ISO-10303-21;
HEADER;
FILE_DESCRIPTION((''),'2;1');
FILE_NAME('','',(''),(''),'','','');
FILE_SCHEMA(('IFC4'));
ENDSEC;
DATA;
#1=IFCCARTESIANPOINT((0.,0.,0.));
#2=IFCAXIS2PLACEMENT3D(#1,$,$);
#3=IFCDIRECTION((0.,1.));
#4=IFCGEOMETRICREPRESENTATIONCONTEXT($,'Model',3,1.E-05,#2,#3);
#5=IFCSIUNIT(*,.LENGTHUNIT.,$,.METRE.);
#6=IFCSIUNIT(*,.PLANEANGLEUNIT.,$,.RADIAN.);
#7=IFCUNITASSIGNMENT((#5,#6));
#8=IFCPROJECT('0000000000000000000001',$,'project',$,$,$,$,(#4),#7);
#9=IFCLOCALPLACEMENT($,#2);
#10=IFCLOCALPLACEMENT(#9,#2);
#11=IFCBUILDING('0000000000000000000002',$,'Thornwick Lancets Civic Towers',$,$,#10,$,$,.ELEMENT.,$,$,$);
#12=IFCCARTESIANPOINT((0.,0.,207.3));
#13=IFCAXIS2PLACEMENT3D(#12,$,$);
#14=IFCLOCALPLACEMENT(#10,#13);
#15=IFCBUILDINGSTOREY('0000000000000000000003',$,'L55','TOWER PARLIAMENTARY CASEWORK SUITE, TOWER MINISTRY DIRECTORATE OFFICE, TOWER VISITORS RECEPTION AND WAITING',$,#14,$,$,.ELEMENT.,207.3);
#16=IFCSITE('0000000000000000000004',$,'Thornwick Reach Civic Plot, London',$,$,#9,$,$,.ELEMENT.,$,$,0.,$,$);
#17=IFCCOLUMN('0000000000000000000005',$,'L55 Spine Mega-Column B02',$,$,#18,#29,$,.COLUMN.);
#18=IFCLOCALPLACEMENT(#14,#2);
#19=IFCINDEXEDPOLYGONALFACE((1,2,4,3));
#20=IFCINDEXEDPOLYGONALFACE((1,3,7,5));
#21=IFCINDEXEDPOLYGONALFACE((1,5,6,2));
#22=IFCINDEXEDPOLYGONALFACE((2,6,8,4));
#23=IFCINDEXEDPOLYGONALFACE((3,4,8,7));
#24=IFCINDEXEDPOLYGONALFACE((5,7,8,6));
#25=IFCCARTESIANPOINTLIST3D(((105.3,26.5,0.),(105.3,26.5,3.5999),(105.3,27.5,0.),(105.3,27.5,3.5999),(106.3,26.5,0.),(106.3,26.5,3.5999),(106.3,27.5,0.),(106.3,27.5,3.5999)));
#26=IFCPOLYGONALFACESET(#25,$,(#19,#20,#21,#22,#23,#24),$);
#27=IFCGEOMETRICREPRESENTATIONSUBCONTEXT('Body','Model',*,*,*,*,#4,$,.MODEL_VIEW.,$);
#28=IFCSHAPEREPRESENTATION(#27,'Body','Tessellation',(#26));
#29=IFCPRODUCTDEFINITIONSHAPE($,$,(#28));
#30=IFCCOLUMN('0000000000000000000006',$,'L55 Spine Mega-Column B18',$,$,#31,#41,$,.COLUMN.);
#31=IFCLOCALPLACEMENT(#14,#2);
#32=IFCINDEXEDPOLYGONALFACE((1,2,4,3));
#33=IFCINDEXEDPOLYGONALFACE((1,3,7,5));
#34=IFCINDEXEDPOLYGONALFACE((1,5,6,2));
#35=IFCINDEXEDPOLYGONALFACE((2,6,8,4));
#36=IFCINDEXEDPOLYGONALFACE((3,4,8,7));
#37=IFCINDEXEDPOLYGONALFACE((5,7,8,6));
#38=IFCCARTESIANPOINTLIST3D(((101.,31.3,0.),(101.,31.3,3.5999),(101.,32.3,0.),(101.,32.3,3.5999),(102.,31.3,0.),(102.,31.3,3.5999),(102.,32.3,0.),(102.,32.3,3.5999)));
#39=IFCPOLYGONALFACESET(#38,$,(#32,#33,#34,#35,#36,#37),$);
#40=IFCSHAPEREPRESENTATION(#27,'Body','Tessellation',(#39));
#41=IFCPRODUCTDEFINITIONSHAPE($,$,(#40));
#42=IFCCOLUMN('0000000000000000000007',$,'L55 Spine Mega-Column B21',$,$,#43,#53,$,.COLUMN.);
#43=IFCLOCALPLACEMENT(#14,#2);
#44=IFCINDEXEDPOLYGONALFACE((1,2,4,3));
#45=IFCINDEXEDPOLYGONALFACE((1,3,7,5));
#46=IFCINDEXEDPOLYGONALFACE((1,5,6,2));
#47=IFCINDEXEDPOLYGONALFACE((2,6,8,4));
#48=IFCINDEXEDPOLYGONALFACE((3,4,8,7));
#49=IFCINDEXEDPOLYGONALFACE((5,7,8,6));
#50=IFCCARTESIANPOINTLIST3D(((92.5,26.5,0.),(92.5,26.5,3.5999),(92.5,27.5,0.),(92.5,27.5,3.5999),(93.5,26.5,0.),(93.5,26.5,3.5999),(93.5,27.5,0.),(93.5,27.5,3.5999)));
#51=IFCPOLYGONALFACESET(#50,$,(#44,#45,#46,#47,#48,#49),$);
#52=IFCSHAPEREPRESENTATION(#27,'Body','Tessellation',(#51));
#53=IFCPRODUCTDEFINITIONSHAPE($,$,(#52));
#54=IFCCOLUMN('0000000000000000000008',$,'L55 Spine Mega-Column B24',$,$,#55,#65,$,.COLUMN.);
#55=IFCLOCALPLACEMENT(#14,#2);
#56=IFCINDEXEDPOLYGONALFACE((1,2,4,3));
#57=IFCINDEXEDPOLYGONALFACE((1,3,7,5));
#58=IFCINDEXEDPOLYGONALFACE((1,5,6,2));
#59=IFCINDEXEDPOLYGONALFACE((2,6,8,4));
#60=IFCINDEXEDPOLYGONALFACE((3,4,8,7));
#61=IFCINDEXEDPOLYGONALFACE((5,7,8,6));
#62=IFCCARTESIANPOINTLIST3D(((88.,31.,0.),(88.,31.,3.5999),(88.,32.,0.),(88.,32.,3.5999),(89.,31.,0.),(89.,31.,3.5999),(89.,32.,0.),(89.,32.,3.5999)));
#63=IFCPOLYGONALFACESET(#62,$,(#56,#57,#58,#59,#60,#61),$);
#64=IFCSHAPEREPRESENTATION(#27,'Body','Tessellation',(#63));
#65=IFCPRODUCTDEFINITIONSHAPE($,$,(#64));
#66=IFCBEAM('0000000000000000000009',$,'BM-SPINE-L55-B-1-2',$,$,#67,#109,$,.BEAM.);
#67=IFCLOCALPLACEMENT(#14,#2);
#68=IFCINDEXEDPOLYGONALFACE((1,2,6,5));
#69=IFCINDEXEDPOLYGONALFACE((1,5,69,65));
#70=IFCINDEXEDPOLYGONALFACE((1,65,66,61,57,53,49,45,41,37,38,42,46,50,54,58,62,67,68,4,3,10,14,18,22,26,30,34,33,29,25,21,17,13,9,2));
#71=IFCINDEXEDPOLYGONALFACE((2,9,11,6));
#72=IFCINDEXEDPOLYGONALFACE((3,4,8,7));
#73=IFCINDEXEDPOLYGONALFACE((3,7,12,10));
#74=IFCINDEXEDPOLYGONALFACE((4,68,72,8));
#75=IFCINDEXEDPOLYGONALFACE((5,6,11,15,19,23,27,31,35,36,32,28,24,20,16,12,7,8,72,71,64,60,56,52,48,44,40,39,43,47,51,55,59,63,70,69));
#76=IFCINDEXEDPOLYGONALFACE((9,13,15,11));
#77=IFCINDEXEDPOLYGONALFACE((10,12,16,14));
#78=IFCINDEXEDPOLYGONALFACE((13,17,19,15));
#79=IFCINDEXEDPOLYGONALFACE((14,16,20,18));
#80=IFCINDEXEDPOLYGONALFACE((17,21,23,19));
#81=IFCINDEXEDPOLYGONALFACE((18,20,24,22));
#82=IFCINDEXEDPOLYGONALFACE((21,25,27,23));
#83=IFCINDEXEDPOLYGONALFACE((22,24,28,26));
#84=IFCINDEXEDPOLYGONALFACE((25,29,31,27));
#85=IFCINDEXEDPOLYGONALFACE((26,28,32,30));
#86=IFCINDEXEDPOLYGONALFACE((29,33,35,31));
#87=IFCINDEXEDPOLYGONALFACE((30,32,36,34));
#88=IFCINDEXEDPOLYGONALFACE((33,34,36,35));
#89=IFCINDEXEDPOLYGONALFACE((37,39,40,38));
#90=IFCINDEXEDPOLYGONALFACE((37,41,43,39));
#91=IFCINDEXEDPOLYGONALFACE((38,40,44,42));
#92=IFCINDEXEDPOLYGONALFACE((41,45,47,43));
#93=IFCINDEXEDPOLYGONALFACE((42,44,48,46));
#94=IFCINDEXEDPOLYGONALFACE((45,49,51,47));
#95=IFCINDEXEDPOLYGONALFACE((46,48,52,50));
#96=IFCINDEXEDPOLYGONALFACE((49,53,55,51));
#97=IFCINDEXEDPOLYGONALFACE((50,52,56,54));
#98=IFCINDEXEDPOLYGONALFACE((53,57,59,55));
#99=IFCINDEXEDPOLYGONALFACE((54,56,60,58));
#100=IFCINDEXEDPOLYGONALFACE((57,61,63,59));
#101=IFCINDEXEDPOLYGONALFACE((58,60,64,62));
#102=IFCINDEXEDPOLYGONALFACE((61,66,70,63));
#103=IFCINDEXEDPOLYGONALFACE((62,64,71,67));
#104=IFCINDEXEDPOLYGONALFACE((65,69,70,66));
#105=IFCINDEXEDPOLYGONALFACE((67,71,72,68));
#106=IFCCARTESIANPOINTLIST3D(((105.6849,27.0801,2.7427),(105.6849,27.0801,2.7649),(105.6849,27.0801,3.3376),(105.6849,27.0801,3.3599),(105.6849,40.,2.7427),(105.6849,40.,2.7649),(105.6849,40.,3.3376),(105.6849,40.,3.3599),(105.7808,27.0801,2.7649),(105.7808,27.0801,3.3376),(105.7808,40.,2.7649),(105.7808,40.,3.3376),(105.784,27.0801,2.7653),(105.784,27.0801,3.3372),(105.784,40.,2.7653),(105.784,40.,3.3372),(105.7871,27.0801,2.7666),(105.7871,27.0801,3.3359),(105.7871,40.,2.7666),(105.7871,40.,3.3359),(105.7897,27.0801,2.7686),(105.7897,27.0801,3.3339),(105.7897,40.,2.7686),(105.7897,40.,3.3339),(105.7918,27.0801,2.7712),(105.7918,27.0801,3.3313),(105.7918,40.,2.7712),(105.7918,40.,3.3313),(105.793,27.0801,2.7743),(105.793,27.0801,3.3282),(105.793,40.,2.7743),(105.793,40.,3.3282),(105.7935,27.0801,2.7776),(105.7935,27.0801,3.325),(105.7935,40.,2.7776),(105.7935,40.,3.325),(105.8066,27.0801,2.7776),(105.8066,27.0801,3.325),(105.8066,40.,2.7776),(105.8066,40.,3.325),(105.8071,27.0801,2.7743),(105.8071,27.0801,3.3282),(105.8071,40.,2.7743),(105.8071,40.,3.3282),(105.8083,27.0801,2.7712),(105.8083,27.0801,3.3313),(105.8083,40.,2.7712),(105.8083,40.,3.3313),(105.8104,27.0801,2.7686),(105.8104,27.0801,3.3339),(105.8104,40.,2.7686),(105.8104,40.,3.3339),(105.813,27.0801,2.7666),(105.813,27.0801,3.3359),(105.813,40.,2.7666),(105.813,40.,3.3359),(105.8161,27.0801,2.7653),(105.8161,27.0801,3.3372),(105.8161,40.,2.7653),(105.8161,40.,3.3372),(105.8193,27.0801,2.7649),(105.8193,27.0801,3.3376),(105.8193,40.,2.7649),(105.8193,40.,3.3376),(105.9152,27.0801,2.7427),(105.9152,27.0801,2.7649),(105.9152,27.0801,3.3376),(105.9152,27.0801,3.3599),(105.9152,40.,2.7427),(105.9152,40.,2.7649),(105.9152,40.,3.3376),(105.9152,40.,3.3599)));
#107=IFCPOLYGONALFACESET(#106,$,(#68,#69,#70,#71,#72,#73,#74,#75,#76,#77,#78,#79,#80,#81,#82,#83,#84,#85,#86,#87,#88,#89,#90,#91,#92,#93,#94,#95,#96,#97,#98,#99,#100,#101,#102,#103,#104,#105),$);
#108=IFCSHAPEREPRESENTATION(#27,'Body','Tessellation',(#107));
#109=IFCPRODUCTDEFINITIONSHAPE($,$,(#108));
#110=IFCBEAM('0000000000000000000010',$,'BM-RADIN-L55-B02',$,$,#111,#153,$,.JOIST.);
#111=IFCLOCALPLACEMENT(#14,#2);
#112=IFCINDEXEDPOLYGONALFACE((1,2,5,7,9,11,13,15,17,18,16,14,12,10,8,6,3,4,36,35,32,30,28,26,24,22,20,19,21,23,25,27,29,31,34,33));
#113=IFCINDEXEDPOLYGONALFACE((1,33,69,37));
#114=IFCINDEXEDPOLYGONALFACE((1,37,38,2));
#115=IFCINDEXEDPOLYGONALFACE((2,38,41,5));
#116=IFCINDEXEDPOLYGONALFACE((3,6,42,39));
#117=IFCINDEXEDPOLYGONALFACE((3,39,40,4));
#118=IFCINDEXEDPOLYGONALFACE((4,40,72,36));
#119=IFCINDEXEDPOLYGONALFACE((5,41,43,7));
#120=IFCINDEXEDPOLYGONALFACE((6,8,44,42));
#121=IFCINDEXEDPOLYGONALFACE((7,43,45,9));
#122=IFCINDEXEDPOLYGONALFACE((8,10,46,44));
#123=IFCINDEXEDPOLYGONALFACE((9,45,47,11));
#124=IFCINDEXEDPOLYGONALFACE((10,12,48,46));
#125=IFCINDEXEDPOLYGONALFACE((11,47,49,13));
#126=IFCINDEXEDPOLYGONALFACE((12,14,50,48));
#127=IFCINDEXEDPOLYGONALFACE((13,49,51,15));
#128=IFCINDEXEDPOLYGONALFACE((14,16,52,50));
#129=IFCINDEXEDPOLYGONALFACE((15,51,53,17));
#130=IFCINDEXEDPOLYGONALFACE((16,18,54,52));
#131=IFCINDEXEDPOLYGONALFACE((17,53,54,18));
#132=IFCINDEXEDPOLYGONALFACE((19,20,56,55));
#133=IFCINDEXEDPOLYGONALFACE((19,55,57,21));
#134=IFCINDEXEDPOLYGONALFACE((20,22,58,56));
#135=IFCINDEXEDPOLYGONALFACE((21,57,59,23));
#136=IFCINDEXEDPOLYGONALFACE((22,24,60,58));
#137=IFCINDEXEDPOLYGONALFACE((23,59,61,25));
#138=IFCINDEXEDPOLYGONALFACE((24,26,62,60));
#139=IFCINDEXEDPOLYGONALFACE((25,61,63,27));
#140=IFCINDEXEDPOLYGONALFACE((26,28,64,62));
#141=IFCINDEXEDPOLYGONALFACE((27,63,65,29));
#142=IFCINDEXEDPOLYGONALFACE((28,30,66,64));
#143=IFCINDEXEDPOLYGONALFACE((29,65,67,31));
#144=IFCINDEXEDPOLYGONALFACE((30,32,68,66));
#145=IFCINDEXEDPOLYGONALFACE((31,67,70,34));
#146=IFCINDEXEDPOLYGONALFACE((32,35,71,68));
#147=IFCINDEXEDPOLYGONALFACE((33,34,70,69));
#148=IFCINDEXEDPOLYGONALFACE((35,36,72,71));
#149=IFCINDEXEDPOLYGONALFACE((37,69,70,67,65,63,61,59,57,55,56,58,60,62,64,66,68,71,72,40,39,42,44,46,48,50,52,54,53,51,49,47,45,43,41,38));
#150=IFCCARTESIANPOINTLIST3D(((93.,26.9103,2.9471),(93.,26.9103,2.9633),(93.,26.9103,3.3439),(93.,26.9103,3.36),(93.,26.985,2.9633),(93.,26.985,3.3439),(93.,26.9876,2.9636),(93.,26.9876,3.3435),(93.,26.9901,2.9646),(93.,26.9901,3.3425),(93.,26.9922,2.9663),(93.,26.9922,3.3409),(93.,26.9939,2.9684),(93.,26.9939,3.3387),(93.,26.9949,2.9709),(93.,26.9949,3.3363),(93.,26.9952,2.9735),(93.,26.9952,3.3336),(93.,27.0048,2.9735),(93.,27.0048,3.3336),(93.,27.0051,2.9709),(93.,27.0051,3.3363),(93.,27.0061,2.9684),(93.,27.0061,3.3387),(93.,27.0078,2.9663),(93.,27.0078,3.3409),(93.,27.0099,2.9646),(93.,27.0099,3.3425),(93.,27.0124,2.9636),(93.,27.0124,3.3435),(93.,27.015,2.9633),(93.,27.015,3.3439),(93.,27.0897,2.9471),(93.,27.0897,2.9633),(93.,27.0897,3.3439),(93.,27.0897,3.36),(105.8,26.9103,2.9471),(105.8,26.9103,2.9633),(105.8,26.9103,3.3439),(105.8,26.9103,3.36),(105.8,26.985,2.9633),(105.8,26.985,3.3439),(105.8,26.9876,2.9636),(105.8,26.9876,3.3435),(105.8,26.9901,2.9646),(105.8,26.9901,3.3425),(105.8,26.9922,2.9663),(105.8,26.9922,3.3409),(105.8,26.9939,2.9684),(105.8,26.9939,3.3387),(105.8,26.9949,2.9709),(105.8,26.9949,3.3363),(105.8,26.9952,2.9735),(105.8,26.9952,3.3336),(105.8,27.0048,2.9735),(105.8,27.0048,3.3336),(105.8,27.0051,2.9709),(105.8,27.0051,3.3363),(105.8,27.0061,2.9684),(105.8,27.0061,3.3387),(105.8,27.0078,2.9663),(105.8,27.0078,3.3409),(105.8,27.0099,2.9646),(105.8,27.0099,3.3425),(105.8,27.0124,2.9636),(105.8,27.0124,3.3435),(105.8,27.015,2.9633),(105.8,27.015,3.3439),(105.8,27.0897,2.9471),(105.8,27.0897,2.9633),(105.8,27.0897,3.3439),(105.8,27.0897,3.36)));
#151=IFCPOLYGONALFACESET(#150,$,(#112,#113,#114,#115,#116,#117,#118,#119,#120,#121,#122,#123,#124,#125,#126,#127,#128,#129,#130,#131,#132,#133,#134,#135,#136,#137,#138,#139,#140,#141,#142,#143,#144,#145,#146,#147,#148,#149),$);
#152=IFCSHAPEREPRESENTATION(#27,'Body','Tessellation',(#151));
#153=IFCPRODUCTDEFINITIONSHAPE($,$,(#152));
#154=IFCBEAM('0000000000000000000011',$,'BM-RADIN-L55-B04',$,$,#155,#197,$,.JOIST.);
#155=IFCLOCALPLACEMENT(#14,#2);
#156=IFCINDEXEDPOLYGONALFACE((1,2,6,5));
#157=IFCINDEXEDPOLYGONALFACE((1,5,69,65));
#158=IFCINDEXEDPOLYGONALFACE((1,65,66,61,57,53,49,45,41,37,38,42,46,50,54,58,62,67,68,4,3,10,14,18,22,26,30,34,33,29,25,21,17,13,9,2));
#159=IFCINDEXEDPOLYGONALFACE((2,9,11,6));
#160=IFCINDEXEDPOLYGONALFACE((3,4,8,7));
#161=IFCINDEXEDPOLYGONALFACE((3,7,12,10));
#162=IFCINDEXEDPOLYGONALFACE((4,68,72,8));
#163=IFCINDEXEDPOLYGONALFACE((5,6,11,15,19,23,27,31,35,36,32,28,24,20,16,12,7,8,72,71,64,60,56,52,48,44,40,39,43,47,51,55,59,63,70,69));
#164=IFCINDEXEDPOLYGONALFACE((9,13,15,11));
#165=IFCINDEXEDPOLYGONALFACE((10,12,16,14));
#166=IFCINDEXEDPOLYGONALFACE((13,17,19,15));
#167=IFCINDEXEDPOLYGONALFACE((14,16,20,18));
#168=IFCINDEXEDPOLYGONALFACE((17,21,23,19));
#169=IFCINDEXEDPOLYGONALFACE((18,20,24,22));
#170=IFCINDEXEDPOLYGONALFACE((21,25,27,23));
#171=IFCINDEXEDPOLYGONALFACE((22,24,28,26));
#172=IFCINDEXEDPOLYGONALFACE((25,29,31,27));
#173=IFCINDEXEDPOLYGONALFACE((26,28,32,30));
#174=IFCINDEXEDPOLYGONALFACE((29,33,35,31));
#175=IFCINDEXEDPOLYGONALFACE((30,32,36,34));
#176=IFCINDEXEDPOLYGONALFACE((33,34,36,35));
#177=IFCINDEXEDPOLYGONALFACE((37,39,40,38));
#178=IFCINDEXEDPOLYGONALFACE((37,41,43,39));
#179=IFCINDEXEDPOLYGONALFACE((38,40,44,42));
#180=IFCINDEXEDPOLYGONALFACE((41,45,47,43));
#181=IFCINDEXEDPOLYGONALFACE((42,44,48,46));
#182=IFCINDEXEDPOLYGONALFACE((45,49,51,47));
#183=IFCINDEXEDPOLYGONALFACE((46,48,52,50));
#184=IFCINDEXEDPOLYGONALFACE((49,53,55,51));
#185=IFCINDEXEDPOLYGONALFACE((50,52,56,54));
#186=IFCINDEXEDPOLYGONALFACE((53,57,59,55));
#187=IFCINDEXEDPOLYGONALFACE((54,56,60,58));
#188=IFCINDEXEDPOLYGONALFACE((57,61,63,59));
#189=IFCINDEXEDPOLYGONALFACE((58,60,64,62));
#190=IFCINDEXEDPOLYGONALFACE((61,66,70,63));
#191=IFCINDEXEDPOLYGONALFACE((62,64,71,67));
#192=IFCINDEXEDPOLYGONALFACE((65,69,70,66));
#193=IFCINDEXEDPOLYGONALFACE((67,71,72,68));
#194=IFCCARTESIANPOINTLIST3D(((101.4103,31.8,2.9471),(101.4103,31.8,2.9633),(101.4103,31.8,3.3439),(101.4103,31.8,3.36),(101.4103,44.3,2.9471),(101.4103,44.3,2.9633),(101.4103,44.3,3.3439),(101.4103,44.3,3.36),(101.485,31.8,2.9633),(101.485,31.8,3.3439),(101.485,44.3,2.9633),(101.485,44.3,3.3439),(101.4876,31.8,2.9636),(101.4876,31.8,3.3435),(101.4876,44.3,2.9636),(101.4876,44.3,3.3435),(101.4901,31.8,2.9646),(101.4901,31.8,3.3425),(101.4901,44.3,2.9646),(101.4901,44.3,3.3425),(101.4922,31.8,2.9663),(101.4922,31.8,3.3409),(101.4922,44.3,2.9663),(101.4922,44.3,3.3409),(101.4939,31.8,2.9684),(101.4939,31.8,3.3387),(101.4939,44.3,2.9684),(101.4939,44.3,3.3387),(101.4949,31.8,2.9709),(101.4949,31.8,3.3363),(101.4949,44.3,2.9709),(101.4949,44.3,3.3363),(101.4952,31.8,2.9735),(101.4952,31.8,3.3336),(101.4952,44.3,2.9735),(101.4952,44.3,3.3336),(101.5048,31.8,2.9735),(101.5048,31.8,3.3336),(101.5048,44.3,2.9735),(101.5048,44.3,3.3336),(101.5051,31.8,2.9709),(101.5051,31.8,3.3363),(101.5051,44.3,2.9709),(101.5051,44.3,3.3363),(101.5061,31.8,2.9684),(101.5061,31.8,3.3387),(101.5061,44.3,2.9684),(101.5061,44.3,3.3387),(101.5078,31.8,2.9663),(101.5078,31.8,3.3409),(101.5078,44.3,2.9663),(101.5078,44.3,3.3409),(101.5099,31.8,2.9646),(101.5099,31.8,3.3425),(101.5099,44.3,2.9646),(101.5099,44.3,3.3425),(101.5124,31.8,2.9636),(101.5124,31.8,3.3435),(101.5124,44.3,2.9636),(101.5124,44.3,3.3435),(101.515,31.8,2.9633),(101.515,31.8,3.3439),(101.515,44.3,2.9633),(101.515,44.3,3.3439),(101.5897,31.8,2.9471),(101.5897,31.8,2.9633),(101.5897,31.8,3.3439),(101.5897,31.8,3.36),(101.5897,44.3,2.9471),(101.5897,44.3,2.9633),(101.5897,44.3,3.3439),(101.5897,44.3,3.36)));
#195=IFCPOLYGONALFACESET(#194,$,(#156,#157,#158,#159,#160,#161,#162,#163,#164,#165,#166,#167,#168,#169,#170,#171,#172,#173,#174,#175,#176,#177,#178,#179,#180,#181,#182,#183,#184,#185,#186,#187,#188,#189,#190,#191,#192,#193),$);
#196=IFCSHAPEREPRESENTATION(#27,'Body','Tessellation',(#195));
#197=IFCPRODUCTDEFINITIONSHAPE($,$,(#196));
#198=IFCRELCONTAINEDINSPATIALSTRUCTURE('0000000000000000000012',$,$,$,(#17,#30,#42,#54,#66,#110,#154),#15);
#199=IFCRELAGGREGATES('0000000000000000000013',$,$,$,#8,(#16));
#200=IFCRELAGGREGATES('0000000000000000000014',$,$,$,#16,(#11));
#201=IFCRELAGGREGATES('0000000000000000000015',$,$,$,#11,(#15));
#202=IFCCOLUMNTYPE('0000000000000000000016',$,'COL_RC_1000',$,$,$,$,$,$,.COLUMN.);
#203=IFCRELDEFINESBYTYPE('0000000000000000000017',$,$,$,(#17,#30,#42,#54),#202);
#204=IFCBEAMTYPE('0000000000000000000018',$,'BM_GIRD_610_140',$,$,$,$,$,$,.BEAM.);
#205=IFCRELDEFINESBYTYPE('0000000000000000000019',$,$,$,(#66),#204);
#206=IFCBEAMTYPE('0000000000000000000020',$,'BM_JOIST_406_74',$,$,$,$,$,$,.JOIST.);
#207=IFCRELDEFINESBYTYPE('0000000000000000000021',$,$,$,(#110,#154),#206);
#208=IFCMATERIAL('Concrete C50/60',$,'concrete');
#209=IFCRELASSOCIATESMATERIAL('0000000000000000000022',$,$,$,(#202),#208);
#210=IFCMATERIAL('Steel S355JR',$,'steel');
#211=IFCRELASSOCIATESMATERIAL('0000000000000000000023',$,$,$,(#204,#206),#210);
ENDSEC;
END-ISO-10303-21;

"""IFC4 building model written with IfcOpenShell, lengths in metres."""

from ifc_helpers import new_model, si_unit, direction, frame, origin, origin_2d, place, context, subcontext, project, spatial, rectangle, i_section, extrude, material, material_profile, profile_set, type_object, element, save


model = new_model("IFC4")

# Units and contexts
model_context = context("Model", 3, precision=1e-05, world=origin(), true_north=direction((0.0, 1.0)))
body_context = subcontext(model_context, "Body", "Model", "MODEL_VIEW")
ifc_project = project(units=[si_unit("LENGTHUNIT", "METRE"), si_unit("PLANEANGLEUNIT", "RADIAN")], contexts=[model_context])

# Site, building, storey
site_placement = place(None, origin())
site = spatial("IfcSite", under=ifc_project, at=site_placement, Name="Thornwick Reach Civic Plot, London", CompositionType="ELEMENT", RefElevation=0.0)
building_placement = place(site_placement, origin())
building = spatial("IfcBuilding", under=site, at=building_placement, Name="Thornwick Lancets Civic Towers", CompositionType="ELEMENT")
storey_placement = place(building_placement, frame((0.0, 0.0, 207.3)))
storey = spatial("IfcBuildingStorey", under=building, at=storey_placement, Name="L55", Description="TOWER PARLIAMENTARY CASEWORK SUITE, TOWER MINISTRY DIRECTORATE OFFICE, TOWER VISITORS RECEPTION AND WAITING", CompositionType="ELEMENT", Elevation=207.3)

# Columns
ifc_material_1 = material(Name="Concrete C50/60", Category="concrete")
ifc_material_profile_1 = material_profile(ifc_material_1, rectangle(XDim=1.0, YDim=1.0, at=origin_2d()), Name="RC 1000x1000")
ifc_profile_set_1 = profile_set([ifc_material_profile_1], Name="Concrete C50/60")
column_type = type_object("IfcColumnType", Name="COL_RC_1000", PredefinedType="COLUMN", material=ifc_profile_set_1)
for number, where, z_axis, x_axis, name in (
    (1, (105.8, 27.0, 0.0), (0.0, 0.0, 1.0), (1.0, 0.0, 0.0), "L55 Spine Mega-Column B02"),
    (2, (101.5, 31.8, 0.0), (0.0, 0.0, 1.0), (1.0, 0.0, 0.0), "L55 Spine Mega-Column B18"),
    (3, (93.0, 27.0, 0.0), (0.0, 0.0, 1.0), (1.0, 0.0, 0.0), "L55 Spine Mega-Column B21"),
    (4, (88.5, 31.5, 0.0), (0.0, 0.0, 1.0), (1.0, 0.0, 0.0), "L55 Spine Mega-Column B24"),
):
    element("IfcColumn", number, at=place(storey_placement, frame(where, z_axis=z_axis, x_axis=x_axis)), inside=storey, type_object=column_type, Name=name, PredefinedType="COLUMN", context=body_context, shape_type="SweptSolid", body=[
        extrude(rectangle(XDim=1.0, YDim=1.0, at=origin_2d()), origin(), (0.0, 0.0, 1.0), 3.5999),
    ])

# Beams
ifc_material_2 = material(Name="Steel S355JR", Category="steel")
ifc_material_profile_2 = material_profile(ifc_material_2, i_section(OverallWidth=0.2302, OverallDepth=0.6172, WebThickness=0.0132, FlangeThickness=0.0222, FilletRadius=0.0127, at=origin_2d()), Name="UKB 610x229x140")
ifc_profile_set_2 = profile_set([ifc_material_profile_2], Name="Steel S355JR")
beam_type_1 = type_object("IfcBeamType", Name="BM_GIRD_610_140", PredefinedType="BEAM", material=ifc_profile_set_2)
beam_1_placement = place(storey_placement, frame((105.8, 27.0801, 3.0513), z_axis=(0.0, 1.0, 0.0), x_axis=(-1.0, 0.0, 0.0)))
element("IfcBeam", 5, at=beam_1_placement, inside=storey, type_object=beam_type_1, Name="BM-SPINE-L55-B-1-2", PredefinedType="BEAM", context=body_context, shape_type="SweptSolid", body=[
    extrude(i_section(OverallWidth=0.2302, OverallDepth=0.6172, WebThickness=0.0132, FlangeThickness=0.0222, FilletRadius=0.0127, at=origin_2d()), origin(), (0.0, 0.0, 1.0), 12.9199),
])
ifc_material_profile_3 = material_profile(ifc_material_2, i_section(OverallWidth=0.1794, OverallDepth=0.4128, WebThickness=0.0095, FlangeThickness=0.0161, FilletRadius=0.0103, at=origin_2d()), Name="UKB 406x178x74")
ifc_profile_set_3 = profile_set([ifc_material_profile_3], Name="Steel S355JR")
beam_type_2 = type_object("IfcBeamType", Name="BM_JOIST_406_74", PredefinedType="JOIST", material=ifc_profile_set_3)
beam_2_placement = place(storey_placement, frame((93.0, 27.0, 3.1536), z_axis=(1.0, 0.0, 0.0), x_axis=(0.0, 1.0, 0.0)))
element("IfcBeam", 6, at=beam_2_placement, inside=storey, type_object=beam_type_2, Name="BM-RADIN-L55-B02", PredefinedType="JOIST", context=body_context, shape_type="SweptSolid", body=[
    extrude(i_section(OverallWidth=0.1794, OverallDepth=0.4128, WebThickness=0.0095, FlangeThickness=0.0161, FilletRadius=0.0103, at=origin_2d()), origin(), (0.0, 0.0, 1.0), 12.8),
])
beam_3_placement = place(storey_placement, frame((101.5, 31.8, 3.1536), z_axis=(0.0, 1.0, 0.0), x_axis=(-1.0, 0.0, 0.0)))
element("IfcBeam", 7, at=beam_3_placement, inside=storey, type_object=beam_type_2, Name="BM-RADIN-L55-B04", PredefinedType="JOIST", context=body_context, shape_type="SweptSolid", body=[
    extrude(i_section(OverallWidth=0.1794, OverallDepth=0.4128, WebThickness=0.0095, FlangeThickness=0.0161, FilletRadius=0.0103, at=origin_2d()), origin(), (0.0, 0.0, 1.0), 12.5),
])

save(model, "model.ifc")
